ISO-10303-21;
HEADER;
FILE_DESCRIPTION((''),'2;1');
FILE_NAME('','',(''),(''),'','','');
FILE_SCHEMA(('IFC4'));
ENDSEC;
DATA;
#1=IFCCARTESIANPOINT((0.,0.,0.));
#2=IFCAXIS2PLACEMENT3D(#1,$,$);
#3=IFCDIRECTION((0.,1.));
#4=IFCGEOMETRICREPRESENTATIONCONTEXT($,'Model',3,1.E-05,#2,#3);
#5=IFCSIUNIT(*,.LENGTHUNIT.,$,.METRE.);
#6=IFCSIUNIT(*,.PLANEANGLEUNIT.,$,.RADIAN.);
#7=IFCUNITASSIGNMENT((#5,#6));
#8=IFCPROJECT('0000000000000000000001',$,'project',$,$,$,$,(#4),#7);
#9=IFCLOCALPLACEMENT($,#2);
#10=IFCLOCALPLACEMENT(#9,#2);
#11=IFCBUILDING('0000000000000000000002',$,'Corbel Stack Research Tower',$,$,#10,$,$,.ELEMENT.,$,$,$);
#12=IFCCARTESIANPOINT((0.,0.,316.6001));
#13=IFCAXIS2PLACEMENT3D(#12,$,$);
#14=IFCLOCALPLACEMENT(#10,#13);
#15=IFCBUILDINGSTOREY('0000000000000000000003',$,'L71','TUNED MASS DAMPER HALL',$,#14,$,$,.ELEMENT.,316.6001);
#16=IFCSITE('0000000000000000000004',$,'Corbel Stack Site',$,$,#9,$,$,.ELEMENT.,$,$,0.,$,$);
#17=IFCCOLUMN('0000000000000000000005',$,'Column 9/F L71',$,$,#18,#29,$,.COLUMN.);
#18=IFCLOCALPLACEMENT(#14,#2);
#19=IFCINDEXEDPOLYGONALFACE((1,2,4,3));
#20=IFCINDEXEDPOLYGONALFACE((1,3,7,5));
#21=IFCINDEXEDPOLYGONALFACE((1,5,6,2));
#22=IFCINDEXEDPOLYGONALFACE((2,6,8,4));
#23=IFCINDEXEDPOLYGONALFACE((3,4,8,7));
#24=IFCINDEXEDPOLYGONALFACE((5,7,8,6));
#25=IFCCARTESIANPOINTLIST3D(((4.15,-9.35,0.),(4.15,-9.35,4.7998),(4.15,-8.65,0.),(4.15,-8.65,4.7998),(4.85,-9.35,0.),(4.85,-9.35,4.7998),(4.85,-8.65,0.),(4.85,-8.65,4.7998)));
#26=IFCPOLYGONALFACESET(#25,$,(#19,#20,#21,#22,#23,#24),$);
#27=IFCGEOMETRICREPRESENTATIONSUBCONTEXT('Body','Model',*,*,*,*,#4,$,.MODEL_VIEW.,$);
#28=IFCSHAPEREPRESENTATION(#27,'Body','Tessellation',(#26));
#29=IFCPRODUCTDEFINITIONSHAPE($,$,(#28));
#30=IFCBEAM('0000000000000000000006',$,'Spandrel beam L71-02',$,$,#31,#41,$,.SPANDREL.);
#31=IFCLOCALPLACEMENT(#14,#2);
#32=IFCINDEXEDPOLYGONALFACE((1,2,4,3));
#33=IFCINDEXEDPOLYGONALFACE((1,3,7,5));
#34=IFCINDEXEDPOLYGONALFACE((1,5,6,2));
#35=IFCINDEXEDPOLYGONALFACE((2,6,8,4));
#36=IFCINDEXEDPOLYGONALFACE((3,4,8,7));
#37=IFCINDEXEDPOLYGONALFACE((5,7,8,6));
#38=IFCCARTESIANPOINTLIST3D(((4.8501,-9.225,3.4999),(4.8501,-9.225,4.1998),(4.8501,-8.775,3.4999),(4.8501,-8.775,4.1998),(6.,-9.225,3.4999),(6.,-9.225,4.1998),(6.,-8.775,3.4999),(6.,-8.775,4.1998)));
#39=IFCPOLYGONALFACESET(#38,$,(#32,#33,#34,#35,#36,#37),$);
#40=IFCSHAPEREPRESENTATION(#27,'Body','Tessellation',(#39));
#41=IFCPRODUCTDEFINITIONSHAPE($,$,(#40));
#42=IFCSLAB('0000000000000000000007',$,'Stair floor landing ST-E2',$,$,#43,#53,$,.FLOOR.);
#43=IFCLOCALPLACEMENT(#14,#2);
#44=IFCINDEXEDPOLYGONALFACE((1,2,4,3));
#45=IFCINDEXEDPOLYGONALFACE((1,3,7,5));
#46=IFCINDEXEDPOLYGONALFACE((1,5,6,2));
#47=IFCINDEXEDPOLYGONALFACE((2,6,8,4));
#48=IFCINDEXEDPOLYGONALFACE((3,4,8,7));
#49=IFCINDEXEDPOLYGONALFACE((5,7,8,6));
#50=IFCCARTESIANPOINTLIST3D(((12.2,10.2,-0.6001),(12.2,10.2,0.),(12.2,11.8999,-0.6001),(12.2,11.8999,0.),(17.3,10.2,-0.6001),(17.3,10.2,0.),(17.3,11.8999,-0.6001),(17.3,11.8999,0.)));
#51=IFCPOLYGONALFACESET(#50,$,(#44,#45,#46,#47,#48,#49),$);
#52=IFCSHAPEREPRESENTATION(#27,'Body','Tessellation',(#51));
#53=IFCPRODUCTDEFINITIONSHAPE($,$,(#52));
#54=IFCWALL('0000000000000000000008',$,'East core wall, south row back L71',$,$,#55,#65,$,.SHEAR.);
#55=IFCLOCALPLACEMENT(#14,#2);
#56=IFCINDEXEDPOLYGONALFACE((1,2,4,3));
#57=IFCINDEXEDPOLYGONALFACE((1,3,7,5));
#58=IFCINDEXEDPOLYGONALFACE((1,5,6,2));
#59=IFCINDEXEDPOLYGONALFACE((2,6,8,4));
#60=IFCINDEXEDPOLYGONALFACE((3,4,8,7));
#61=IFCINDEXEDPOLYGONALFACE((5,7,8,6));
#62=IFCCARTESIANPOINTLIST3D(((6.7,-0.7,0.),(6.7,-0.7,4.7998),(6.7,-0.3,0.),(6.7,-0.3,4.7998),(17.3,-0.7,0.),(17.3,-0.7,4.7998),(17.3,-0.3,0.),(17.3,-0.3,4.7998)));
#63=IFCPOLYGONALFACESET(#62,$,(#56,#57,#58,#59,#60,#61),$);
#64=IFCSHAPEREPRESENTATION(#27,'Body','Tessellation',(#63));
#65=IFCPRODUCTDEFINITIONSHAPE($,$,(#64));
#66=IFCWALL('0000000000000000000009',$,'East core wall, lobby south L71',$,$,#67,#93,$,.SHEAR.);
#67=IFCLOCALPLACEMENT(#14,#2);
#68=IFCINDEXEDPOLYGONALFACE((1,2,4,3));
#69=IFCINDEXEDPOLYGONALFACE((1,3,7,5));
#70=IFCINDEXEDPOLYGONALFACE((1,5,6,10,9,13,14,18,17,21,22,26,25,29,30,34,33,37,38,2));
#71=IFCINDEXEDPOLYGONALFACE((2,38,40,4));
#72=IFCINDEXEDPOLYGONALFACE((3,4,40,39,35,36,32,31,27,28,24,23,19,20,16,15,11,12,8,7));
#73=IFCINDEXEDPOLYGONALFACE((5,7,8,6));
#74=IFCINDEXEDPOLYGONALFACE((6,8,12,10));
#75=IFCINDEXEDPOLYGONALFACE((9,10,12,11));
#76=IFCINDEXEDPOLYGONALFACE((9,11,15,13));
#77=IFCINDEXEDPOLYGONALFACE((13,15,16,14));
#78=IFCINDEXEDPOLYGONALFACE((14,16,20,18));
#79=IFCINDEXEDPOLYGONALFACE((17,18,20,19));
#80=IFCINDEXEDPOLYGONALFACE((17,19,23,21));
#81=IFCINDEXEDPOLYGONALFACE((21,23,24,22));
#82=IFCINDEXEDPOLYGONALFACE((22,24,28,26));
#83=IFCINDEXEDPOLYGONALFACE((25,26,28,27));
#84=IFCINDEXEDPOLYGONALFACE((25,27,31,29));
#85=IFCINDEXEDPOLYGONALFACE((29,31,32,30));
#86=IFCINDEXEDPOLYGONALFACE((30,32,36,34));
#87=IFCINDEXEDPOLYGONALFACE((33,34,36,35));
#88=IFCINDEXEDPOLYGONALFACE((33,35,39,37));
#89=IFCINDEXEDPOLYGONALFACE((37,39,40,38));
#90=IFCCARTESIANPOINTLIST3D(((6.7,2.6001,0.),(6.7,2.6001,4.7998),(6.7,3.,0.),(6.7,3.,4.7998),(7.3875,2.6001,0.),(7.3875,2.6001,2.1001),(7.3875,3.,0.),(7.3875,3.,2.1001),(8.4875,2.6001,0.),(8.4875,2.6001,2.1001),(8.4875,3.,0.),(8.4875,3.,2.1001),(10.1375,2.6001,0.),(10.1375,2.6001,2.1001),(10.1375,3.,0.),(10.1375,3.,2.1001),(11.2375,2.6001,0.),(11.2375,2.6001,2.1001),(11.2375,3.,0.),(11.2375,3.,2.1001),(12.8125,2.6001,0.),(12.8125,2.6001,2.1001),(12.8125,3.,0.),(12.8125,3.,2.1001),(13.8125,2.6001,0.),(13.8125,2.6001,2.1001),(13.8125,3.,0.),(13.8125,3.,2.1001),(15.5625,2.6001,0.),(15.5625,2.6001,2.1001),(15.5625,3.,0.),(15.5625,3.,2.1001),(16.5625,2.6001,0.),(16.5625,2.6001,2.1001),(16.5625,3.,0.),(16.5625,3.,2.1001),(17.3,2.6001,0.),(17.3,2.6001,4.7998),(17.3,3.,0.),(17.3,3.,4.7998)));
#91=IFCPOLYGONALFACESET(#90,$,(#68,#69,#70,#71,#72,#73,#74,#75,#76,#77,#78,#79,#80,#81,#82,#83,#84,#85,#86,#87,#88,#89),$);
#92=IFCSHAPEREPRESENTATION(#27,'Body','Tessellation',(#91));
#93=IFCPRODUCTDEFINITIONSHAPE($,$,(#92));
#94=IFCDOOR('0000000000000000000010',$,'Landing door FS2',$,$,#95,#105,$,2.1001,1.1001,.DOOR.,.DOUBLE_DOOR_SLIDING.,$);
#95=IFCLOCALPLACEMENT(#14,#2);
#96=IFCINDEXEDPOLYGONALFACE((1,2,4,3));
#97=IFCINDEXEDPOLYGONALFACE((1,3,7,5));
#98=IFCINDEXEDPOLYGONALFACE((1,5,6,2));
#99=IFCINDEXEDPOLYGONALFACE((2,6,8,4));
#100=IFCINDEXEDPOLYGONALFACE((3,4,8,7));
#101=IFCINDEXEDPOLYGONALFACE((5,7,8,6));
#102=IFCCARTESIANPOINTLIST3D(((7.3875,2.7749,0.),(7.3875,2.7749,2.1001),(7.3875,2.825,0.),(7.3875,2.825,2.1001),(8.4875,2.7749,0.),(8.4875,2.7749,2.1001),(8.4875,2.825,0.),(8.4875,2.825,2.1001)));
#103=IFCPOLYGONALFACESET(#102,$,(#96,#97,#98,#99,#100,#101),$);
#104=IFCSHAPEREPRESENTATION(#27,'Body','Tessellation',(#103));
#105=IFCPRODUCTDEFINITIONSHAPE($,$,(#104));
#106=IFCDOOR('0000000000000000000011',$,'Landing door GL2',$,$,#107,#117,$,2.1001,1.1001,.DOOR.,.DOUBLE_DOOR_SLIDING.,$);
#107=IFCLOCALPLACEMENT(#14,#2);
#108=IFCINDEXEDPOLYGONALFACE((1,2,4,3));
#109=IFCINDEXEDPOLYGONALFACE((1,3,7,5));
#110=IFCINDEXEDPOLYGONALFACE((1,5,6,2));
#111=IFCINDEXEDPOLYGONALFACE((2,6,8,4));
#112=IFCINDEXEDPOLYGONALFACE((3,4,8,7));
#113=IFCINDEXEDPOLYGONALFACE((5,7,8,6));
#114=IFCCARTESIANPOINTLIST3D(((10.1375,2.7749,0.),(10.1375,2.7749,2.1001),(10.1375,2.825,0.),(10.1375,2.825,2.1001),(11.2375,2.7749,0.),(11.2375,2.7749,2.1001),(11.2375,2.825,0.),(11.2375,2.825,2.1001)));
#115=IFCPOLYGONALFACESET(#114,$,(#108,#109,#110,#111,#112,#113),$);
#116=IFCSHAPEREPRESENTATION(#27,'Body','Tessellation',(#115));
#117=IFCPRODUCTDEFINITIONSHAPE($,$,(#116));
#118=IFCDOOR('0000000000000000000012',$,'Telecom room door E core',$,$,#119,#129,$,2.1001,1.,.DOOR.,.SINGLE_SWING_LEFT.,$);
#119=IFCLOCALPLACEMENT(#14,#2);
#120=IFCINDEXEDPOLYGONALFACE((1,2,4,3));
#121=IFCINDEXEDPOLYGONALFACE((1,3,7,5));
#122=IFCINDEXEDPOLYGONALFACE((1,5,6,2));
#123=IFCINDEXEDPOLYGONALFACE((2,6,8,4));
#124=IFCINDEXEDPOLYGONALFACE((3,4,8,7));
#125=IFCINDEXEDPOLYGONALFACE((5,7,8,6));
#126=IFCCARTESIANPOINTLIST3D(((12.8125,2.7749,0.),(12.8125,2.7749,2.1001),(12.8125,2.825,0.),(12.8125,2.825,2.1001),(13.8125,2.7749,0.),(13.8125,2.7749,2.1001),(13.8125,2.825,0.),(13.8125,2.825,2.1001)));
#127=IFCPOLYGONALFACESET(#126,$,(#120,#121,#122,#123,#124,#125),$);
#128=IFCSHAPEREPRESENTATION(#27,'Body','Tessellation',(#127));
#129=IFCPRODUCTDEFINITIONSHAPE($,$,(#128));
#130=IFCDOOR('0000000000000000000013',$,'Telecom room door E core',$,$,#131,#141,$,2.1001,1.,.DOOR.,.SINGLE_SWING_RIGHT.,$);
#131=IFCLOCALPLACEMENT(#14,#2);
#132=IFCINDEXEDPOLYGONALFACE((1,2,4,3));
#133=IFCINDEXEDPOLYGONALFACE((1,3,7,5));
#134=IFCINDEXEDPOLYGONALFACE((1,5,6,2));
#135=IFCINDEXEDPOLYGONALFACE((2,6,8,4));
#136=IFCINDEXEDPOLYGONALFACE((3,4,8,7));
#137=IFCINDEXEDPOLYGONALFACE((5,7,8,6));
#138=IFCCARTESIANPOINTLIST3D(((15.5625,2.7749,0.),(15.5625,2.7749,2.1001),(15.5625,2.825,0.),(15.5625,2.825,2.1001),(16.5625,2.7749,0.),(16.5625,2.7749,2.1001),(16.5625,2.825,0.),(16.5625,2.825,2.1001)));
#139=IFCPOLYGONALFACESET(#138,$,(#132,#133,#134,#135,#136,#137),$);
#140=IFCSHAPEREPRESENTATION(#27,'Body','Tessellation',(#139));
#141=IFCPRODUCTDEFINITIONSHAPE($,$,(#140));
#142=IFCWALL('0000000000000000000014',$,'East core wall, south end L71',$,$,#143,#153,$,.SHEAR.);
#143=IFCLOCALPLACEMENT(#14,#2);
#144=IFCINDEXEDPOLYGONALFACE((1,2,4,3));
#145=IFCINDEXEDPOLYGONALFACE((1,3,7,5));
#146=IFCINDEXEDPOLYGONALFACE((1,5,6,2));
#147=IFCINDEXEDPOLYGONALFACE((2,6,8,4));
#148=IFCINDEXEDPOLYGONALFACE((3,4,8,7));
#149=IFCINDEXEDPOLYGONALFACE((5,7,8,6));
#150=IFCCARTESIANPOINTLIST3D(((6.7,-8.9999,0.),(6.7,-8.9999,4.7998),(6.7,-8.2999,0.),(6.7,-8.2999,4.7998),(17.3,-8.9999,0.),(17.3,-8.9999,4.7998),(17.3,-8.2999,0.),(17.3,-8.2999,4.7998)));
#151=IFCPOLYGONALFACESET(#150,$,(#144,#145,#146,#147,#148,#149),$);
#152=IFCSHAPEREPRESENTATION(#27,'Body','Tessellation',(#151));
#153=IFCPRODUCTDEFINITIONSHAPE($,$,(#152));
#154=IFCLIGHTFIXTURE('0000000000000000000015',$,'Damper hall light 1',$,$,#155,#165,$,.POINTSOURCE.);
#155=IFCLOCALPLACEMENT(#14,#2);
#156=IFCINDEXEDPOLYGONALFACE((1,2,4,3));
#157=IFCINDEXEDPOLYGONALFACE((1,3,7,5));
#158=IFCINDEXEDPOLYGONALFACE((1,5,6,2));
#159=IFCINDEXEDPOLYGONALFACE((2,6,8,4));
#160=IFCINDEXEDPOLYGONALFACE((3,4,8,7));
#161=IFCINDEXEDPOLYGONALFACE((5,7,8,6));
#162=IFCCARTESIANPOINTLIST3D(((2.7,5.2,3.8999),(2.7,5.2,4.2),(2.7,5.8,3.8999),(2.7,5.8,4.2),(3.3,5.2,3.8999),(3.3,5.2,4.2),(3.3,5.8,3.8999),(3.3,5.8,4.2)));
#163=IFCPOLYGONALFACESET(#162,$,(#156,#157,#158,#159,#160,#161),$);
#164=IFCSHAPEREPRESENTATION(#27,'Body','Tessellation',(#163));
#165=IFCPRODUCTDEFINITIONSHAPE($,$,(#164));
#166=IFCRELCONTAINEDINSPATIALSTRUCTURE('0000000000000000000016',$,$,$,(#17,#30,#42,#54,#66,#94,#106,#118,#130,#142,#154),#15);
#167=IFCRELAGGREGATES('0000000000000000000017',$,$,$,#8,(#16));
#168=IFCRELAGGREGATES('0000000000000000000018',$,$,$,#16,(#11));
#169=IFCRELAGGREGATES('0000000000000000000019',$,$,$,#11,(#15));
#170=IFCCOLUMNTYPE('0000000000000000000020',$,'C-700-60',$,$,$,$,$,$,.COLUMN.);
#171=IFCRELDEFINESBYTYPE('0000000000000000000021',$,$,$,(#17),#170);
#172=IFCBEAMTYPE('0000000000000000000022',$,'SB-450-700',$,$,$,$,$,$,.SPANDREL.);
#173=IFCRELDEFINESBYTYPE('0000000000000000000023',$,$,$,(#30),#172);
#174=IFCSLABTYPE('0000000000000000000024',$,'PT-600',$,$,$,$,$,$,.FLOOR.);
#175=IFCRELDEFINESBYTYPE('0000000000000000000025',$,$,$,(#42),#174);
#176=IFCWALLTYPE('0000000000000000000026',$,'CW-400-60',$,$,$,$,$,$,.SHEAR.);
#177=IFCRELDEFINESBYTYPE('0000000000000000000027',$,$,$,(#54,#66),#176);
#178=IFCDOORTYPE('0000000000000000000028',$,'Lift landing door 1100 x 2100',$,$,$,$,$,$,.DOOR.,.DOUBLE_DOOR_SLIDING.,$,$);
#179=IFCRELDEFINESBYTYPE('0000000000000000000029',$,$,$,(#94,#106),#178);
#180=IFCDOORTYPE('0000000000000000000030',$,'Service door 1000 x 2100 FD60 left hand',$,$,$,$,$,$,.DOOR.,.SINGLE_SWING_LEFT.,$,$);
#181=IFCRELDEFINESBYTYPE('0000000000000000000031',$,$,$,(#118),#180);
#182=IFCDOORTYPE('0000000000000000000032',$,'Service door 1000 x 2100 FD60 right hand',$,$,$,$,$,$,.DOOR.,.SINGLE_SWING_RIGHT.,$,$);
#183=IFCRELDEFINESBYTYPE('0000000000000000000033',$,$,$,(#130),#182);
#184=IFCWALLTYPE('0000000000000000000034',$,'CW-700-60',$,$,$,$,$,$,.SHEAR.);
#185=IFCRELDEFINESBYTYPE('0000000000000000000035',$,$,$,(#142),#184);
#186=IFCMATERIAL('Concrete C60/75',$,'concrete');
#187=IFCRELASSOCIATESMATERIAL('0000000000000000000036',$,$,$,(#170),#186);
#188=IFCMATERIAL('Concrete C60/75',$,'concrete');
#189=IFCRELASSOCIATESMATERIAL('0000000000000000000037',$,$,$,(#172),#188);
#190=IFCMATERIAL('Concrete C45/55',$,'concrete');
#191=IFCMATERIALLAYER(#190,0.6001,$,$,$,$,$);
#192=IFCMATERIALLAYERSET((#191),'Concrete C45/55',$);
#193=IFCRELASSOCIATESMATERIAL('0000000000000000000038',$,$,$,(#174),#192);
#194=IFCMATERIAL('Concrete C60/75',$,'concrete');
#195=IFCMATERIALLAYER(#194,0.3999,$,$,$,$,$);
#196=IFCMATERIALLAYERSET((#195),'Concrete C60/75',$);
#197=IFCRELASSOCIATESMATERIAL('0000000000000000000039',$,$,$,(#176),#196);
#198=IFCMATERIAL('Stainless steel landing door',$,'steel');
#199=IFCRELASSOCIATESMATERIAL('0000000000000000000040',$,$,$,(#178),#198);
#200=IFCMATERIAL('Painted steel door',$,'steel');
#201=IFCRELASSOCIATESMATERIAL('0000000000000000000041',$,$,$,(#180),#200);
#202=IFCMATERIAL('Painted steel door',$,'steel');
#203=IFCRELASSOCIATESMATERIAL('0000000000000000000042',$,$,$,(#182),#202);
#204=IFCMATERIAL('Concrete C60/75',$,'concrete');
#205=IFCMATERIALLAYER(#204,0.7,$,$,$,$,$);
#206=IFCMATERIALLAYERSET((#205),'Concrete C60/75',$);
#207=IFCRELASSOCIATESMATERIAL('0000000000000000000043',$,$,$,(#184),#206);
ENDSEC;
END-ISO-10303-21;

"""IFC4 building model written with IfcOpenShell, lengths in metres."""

from ifc_helpers import new_model, si_unit, direction, frame, frame_2d, origin, origin_2d, place, context, subcontext, project, spatial, polyline, rectangle, outline, extrude, material, layer, layer_set, material_profile, profile_set, type_object, element, fill, save


model = new_model("IFC4")

# Units and contexts
model_context = context("Model", 3, precision=1e-05, world=origin(), true_north=direction((0.0, 1.0)))
body_context = subcontext(model_context, "Body", "Model", "MODEL_VIEW")
ifc_project = project(units=[si_unit("LENGTHUNIT", "METRE"), si_unit("PLANEANGLEUNIT", "RADIAN")], contexts=[model_context])

# Site, building, storey
site_placement = place(None, origin())
site = spatial("IfcSite", under=ifc_project, at=site_placement, Name="Corbel Stack Site", CompositionType="ELEMENT", RefElevation=0.0)
building_placement = place(site_placement, origin())
building = spatial("IfcBuilding", under=site, at=building_placement, Name="Corbel Stack Research Tower", CompositionType="ELEMENT")
storey_placement = place(building_placement, frame((0.0, 0.0, 316.6001)))
storey = spatial("IfcBuildingStorey", under=building, at=storey_placement, Name="L71", Description="TUNED MASS DAMPER HALL", CompositionType="ELEMENT", Elevation=316.6001)

# Column
ifc_material_1 = material(Name="Concrete C60/75", Category="concrete")
ifc_material_profile_1 = material_profile(ifc_material_1, rectangle(XDim=0.7, YDim=0.7, at=origin_2d()), Name="RC 700 x 700")
ifc_profile_set_1 = profile_set([ifc_material_profile_1], Name="Concrete C60/75")
column_type = type_object("IfcColumnType", Name="C-700-60", PredefinedType="COLUMN", material=ifc_profile_set_1)
column_placement = place(storey_placement, frame((4.5, -9.0, 0.0), z_axis=(0.0, 0.0, 1.0), x_axis=(1.0, 0.0, 0.0)))
element("IfcColumn", 1, at=column_placement, inside=storey, type_object=column_type, Name="Column 9/F L71", PredefinedType="COLUMN", context=body_context, shape_type="SweptSolid", body=[
    extrude(rectangle(XDim=0.7, YDim=0.7, at=origin_2d()), origin(), (0.0, 0.0, 1.0), 4.7998),
])

# Beam
ifc_material_2 = material(Name="Concrete C60/75", Category="concrete")
ifc_material_profile_2 = material_profile(ifc_material_2, rectangle(XDim=0.45, YDim=0.7, at=origin_2d()), Name="RC 450 x 700")
ifc_profile_set_2 = profile_set([ifc_material_profile_2], Name="Concrete C60/75")
beam_type = type_object("IfcBeamType", Name="SB-450-700", PredefinedType="SPANDREL", material=ifc_profile_set_2)
beam_placement = place(storey_placement, frame((4.8501, -9.0, 3.8499), z_axis=(1.0, 0.0, 0.0), x_axis=(0.0, 1.0, 0.0)))
element("IfcBeam", 2, at=beam_placement, inside=storey, type_object=beam_type, Name="Spandrel beam L71-02", PredefinedType="SPANDREL", context=body_context, shape_type="SweptSolid", body=[
    extrude(rectangle(XDim=0.45, YDim=0.7, at=origin_2d()), origin(), (0.0, 0.0, 1.0), 1.1499),
])

# Slab
ifc_material_3 = material(Name="Concrete C45/55", Category="concrete")
ifc_layer_1 = layer(ifc_material_3, 0.6001)
ifc_layer_set_1 = layer_set([ifc_layer_1], Name="Concrete C45/55")
slab_type = type_object("IfcSlabType", Name="PT-600", PredefinedType="FLOOR", material=ifc_layer_set_1)
slab_placement = place(storey_placement, frame((0.0, 0.0, -0.6001)))
element("IfcSlab", 3, at=slab_placement, inside=storey, type_object=slab_type, Name="Stair floor landing ST-E2", PredefinedType="FLOOR", context=body_context, shape_type="SweptSolid", body=[
    extrude(outline(polyline([(12.2, 10.2), (17.3, 10.2), (17.3, 11.8999), (12.2, 11.8999), (12.2, 10.2)])), origin(), (0.0, 0.0, 1.0), 0.6001),
])

# Wall
ifc_material_4 = material(Name="Concrete C60/75", Category="concrete")
ifc_layer_2 = layer(ifc_material_4, 0.3999)
ifc_layer_set_2 = layer_set([ifc_layer_2], Name="Concrete C60/75")
wall_type_1 = type_object("IfcWallType", Name="CW-400-60", PredefinedType="SHEAR", material=ifc_layer_set_2)
wall_1_placement = place(storey_placement, frame((6.7, -0.5, 0.0), z_axis=(0.0, 0.0, 1.0), x_axis=(1.0, 0.0, 0.0)))
element("IfcWall", 4, at=wall_1_placement, inside=storey, type_object=wall_type_1, Name="East core wall, south row back L71", PredefinedType="SHEAR", context=body_context, shape_type="SweptSolid", body=[
    extrude(rectangle(XDim=10.6001, YDim=0.3999, at=frame_2d((5.3, 0.0))), origin(), (0.0, 0.0, 1.0), 4.7998),
])

# Wall, openings, doors
wall_2_placement = place(storey_placement, frame((6.7, 2.8, 0.0), z_axis=(0.0, 0.0, 1.0), x_axis=(1.0, 0.0, 0.0)))
wall_2 = element("IfcWall", 5, at=wall_2_placement, inside=storey, type_object=wall_type_1, Name="East core wall, lobby south L71", PredefinedType="SHEAR", context=body_context, shape_type="SweptSolid", body=[
    extrude(rectangle(XDim=10.6001, YDim=0.3999, at=frame_2d((5.3, 0.0))), origin(), (0.0, 0.0, 1.0), 4.7998),
])
opening_1_placement = place(wall_2_placement, frame((0.6875, 0.0, 0.0)))
opening_1 = element("IfcOpeningElement", 6, at=opening_1_placement, cuts=wall_2, PredefinedType="OPENING", context=body_context, shape_type="SweptSolid", body=[
    extrude(rectangle(XDim=1.1001, YDim=2.1001, at=frame_2d((0.55, 1.05))), frame((0.0, 0.21, 0.0), z_axis=(0.0, -1.0, 0.0), x_axis=(1.0, 0.0, 0.0)), (0.0, 0.0, 1.0), 0.4199),
])
opening_2_placement = place(wall_2_placement, frame((3.4375, 0.0, 0.0)))
opening_2 = element("IfcOpeningElement", 7, at=opening_2_placement, cuts=wall_2, PredefinedType="OPENING", context=body_context, shape_type="SweptSolid", body=[
    extrude(rectangle(XDim=1.1001, YDim=2.1001, at=frame_2d((0.55, 1.05))), frame((0.0, 0.21, 0.0), z_axis=(0.0, -1.0, 0.0), x_axis=(1.0, 0.0, 0.0)), (0.0, 0.0, 1.0), 0.4199),
])
opening_3_placement = place(wall_2_placement, frame((6.1125, 0.0, 0.0)))
opening_3 = element("IfcOpeningElement", 8, at=opening_3_placement, cuts=wall_2, PredefinedType="OPENING", context=body_context, shape_type="SweptSolid", body=[
    extrude(rectangle(XDim=1.0, YDim=2.1001, at=frame_2d((0.5, 1.05))), frame((0.0, 0.21, 0.0), z_axis=(0.0, -1.0, 0.0), x_axis=(1.0, 0.0, 0.0)), (0.0, 0.0, 1.0), 0.4199),
])
opening_4_placement = place(wall_2_placement, frame((8.8625, 0.0, 0.0)))
opening_4 = element("IfcOpeningElement", 9, at=opening_4_placement, cuts=wall_2, PredefinedType="OPENING", context=body_context, shape_type="SweptSolid", body=[
    extrude(rectangle(XDim=1.0, YDim=2.1001, at=frame_2d((0.5, 1.05))), frame((0.0, 0.21, 0.0), z_axis=(0.0, -1.0, 0.0), x_axis=(1.0, 0.0, 0.0)), (0.0, 0.0, 1.0), 0.4199),
])
ifc_material_5 = material(Name="Stainless steel landing door", Category="steel")
door_type_1 = type_object("IfcDoorType", Name="Lift landing door 1100 x 2100", OperationType="DOUBLE_DOOR_SLIDING", PredefinedType="DOOR", material=ifc_material_5)
door_1_placement = place(opening_1_placement, origin())
door_1 = element("IfcDoor", 10, at=door_1_placement, inside=storey, type_object=door_type_1, Name="Landing door FS2", OperationType="DOUBLE_DOOR_SLIDING", OverallHeight=2.1001, OverallWidth=1.1001, PredefinedType="DOOR", context=body_context, shape_type="SweptSolid", body=[
    extrude(rectangle(XDim=1.1001, YDim=2.1001, at=frame_2d((0.55, 1.05))), frame((0.0, 0.0249, 0.0), z_axis=(0.0, -1.0, 0.0), x_axis=(1.0, 0.0, 0.0)), (0.0, 0.0, 1.0), 0.05),
])
fill(opening_1, door_1)
door_2_placement = place(opening_2_placement, origin())
door_2 = element("IfcDoor", 11, at=door_2_placement, inside=storey, type_object=door_type_1, Name="Landing door GL2", OperationType="DOUBLE_DOOR_SLIDING", OverallHeight=2.1001, OverallWidth=1.1001, PredefinedType="DOOR", context=body_context, shape_type="SweptSolid", body=[
    extrude(rectangle(XDim=1.1001, YDim=2.1001, at=frame_2d((0.55, 1.05))), frame((0.0, 0.0249, 0.0), z_axis=(0.0, -1.0, 0.0), x_axis=(1.0, 0.0, 0.0)), (0.0, 0.0, 1.0), 0.05),
])
fill(opening_2, door_2)
ifc_material_6 = material(Name="Painted steel door", Category="steel")
door_type_2 = type_object("IfcDoorType", Name="Service door 1000 x 2100 FD60 left hand", OperationType="SINGLE_SWING_LEFT", PredefinedType="DOOR", material=ifc_material_6)
door_3_placement = place(opening_3_placement, origin())
door_3 = element("IfcDoor", 12, at=door_3_placement, inside=storey, type_object=door_type_2, Name="Telecom room door E core", OperationType="SINGLE_SWING_LEFT", OverallHeight=2.1001, OverallWidth=1.0, PredefinedType="DOOR", context=body_context, shape_type="SweptSolid", body=[
    extrude(rectangle(XDim=1.0, YDim=2.1001, at=frame_2d((0.5, 1.05))), frame((0.0, 0.0249, 0.0), z_axis=(0.0, -1.0, 0.0), x_axis=(1.0, 0.0, 0.0)), (0.0, 0.0, 1.0), 0.05),
])
fill(opening_3, door_3)
ifc_material_7 = material(Name="Painted steel door", Category="steel")
door_type_3 = type_object("IfcDoorType", Name="Service door 1000 x 2100 FD60 right hand", OperationType="SINGLE_SWING_RIGHT", PredefinedType="DOOR", material=ifc_material_7)
door_4_placement = place(opening_4_placement, origin())
door_4 = element("IfcDoor", 13, at=door_4_placement, inside=storey, type_object=door_type_3, Name="Telecom room door E core", OperationType="SINGLE_SWING_RIGHT", OverallHeight=2.1001, OverallWidth=1.0, PredefinedType="DOOR", context=body_context, shape_type="SweptSolid", body=[
    extrude(rectangle(XDim=1.0, YDim=2.1001, at=frame_2d((0.5, 1.05))), frame((0.0, 0.0249, 0.0), z_axis=(0.0, -1.0, 0.0), x_axis=(1.0, 0.0, 0.0)), (0.0, 0.0, 1.0), 0.05),
])
fill(opening_4, door_4)
ifc_material_8 = material(Name="Concrete C60/75", Category="concrete")
ifc_layer_3 = layer(ifc_material_8, 0.7)
ifc_layer_set_3 = layer_set([ifc_layer_3], Name="Concrete C60/75")
wall_type_2 = type_object("IfcWallType", Name="CW-700-60", PredefinedType="SHEAR", material=ifc_layer_set_3)

# Wall
wall_3_placement = place(storey_placement, frame((6.7, -8.6499, 0.0), z_axis=(0.0, 0.0, 1.0), x_axis=(1.0, 0.0, 0.0)))
element("IfcWall", 14, at=wall_3_placement, inside=storey, type_object=wall_type_2, Name="East core wall, south end L71", PredefinedType="SHEAR", context=body_context, shape_type="SweptSolid", body=[
    extrude(rectangle(XDim=10.6001, YDim=0.7, at=frame_2d((5.3, 0.0))), origin(), (0.0, 0.0, 1.0), 4.7998),
])

# Light fixture
for number, where, z_axis, x_axis, name in (
    (15, (3.0, 5.5, 3.8999), (0.0, 0.0, 1.0), (1.0, 0.0, 0.0), "Damper hall light 1"),
):
    element("IfcLightFixture", number, at=place(storey_placement, frame(where, z_axis=z_axis, x_axis=x_axis)), inside=storey, Name=name, PredefinedType="POINTSOURCE", context=body_context, shape_type="SweptSolid", body=[
        extrude(rectangle(XDim=0.6001, YDim=0.6001, at=origin_2d()), origin(), (0.0, 0.0, 1.0), 0.3),
    ])

save(model, "model.ifc")
